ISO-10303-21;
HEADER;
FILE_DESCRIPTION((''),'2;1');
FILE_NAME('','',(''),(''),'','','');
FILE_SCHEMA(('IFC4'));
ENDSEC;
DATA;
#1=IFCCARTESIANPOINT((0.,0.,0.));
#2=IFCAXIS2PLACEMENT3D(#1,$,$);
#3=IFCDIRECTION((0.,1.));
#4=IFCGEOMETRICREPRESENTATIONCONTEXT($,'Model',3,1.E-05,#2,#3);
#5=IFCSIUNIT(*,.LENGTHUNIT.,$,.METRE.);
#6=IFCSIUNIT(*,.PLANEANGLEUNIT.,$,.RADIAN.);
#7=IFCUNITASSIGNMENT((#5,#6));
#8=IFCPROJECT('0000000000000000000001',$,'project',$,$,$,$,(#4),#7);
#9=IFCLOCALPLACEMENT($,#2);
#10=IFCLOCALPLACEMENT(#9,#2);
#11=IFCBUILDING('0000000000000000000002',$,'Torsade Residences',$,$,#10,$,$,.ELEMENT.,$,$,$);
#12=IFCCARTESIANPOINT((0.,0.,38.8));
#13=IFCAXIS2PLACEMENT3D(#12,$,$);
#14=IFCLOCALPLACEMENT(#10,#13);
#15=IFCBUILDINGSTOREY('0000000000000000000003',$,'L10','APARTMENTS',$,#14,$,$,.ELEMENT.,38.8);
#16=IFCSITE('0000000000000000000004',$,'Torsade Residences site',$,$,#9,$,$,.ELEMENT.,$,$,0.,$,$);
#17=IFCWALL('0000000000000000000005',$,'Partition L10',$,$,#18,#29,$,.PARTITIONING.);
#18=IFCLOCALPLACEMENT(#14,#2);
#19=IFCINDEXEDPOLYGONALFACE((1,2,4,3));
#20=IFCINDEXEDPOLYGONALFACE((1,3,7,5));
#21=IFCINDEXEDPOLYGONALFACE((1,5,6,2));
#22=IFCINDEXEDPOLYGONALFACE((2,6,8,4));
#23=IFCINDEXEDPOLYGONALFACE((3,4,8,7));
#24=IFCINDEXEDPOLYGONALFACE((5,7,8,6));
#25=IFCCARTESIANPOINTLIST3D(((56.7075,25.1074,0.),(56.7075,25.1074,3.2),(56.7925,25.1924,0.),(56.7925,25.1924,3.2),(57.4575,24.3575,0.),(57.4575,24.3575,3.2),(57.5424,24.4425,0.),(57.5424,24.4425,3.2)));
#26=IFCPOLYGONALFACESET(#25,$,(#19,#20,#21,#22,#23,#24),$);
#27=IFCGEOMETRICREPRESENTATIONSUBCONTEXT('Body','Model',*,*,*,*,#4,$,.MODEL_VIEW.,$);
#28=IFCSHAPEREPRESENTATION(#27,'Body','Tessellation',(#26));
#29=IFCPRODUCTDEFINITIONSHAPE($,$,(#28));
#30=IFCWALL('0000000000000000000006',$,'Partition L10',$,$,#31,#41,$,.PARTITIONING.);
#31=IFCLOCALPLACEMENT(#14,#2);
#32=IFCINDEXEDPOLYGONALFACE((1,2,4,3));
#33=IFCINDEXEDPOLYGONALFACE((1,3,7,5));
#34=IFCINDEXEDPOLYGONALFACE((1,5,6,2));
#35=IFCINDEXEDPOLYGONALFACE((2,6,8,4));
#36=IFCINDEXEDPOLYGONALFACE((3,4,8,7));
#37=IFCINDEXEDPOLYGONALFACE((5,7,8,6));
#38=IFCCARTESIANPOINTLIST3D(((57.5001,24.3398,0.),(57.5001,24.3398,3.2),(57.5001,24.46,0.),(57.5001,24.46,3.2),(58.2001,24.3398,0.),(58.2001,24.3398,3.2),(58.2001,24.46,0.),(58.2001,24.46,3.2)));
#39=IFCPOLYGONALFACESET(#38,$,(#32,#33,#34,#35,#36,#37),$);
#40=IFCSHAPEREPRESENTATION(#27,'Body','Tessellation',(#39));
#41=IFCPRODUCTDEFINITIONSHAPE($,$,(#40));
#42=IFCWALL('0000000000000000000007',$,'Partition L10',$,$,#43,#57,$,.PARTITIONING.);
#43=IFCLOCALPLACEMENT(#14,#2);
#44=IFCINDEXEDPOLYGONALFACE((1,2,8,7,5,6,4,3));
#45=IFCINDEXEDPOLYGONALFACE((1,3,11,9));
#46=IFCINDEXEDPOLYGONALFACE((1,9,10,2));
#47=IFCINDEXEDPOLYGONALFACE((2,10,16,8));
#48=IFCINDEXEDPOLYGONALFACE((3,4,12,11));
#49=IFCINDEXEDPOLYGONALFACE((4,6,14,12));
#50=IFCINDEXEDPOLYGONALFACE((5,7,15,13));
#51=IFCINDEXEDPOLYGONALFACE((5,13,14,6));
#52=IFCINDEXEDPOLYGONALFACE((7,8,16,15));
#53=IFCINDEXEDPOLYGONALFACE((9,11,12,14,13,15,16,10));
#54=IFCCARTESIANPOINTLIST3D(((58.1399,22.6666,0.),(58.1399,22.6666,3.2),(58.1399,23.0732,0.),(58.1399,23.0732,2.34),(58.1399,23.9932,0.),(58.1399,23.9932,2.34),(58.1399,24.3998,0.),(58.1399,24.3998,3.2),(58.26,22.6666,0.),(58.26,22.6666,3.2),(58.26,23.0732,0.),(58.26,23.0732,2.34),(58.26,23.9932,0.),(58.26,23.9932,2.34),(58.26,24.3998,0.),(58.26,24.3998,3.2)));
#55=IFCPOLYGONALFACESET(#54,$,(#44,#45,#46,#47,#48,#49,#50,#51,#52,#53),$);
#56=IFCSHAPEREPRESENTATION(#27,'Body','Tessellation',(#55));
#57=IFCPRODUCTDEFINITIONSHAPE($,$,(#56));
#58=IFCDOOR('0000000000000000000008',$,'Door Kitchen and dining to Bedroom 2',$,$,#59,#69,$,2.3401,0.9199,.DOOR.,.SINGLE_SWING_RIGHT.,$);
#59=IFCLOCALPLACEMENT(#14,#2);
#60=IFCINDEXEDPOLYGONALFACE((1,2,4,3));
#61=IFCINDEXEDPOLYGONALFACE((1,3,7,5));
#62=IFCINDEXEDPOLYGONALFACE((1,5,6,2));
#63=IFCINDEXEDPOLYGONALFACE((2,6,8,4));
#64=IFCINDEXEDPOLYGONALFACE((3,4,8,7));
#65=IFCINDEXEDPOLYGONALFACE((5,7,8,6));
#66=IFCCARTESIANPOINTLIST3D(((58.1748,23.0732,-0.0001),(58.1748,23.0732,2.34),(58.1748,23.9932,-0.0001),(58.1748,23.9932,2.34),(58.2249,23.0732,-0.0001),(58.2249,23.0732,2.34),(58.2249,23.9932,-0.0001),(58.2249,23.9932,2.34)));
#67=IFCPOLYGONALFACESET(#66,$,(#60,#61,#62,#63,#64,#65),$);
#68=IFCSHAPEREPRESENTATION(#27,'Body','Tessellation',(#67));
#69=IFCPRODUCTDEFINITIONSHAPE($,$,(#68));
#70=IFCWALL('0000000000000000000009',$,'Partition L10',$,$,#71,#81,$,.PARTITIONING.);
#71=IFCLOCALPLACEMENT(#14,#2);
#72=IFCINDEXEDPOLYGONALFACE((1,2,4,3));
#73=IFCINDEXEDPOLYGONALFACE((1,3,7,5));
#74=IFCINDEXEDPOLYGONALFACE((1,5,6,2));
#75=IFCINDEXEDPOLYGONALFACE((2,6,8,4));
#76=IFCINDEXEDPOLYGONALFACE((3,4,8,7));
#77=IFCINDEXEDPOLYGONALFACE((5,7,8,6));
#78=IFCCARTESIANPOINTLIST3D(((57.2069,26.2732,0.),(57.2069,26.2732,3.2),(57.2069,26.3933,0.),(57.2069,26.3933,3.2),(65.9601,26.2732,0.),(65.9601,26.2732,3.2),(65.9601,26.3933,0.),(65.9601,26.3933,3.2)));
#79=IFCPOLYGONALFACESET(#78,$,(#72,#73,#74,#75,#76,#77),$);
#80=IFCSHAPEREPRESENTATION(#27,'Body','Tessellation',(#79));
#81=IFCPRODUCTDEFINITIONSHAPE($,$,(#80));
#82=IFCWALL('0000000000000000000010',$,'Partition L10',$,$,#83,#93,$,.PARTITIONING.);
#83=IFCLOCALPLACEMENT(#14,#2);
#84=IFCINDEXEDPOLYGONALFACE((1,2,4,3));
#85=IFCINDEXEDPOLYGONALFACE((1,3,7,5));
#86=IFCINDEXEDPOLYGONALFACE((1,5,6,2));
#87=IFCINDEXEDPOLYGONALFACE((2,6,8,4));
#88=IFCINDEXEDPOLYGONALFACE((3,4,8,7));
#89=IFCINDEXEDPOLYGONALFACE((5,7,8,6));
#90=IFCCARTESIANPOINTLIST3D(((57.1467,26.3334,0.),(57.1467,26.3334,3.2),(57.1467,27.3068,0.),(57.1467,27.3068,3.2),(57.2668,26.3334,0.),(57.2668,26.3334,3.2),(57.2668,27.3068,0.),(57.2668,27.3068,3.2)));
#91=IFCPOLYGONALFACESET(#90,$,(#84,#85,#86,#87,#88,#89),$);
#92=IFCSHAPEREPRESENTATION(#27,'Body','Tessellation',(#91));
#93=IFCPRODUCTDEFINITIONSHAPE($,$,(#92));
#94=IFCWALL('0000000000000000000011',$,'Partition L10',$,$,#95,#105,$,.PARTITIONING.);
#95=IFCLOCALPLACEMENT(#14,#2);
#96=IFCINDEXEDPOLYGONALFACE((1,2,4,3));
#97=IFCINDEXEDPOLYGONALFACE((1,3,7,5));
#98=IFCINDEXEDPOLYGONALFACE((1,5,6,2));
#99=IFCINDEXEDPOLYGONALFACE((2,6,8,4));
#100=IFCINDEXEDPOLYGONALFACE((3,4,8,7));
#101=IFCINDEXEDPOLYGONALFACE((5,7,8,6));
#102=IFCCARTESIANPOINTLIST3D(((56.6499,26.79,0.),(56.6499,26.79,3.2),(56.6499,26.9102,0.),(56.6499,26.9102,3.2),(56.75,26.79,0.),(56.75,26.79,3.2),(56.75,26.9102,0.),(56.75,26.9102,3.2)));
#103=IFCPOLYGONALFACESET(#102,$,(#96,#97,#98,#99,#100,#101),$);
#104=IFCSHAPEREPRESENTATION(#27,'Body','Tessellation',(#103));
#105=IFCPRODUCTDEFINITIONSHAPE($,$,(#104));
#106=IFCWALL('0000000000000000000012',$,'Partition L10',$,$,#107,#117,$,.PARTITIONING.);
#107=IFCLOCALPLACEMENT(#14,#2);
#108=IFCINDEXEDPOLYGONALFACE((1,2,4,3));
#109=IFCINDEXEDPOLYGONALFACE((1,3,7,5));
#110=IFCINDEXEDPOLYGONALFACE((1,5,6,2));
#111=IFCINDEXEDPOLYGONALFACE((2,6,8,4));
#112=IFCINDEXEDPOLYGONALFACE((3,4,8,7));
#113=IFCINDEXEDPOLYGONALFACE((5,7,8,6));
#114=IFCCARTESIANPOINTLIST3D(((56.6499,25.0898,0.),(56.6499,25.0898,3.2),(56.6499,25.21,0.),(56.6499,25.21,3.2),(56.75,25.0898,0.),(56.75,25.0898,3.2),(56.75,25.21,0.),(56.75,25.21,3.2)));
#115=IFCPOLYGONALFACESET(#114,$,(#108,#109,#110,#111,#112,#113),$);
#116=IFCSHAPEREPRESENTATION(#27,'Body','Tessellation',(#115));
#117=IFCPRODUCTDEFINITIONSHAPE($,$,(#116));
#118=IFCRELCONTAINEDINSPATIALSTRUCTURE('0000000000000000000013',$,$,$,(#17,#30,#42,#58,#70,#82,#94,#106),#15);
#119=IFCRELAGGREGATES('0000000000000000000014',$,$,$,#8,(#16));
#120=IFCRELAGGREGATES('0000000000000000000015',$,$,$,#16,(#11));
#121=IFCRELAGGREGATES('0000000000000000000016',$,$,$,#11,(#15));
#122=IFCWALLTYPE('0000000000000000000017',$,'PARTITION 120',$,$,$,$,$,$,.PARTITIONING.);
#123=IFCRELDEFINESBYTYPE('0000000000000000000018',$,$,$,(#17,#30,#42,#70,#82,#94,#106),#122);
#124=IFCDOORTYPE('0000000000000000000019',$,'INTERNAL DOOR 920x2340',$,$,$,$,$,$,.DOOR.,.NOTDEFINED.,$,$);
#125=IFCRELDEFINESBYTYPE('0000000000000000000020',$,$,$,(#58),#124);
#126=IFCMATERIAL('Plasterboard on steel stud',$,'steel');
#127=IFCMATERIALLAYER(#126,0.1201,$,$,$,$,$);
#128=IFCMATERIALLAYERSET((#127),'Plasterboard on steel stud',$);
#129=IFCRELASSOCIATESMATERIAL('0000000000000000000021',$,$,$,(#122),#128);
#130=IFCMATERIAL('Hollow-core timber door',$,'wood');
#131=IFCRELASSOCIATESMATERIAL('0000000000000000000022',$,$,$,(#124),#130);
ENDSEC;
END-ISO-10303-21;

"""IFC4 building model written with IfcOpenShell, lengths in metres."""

from ifc_helpers import new_model, si_unit, direction, frame, frame_2d, origin, place, context, subcontext, project, spatial, rectangle, extrude, material, layer, layer_set, type_object, element, fill, save


model = new_model("IFC4")

# Units and contexts
model_context = context("Model", 3, precision=1e-05, world=origin(), true_north=direction((0.0, 1.0)))
body_context = subcontext(model_context, "Body", "Model", "MODEL_VIEW")
ifc_project = project(units=[si_unit("LENGTHUNIT", "METRE"), si_unit("PLANEANGLEUNIT", "RADIAN")], contexts=[model_context])

# Site, building, storey
site_placement = place(None, origin())
site = spatial("IfcSite", under=ifc_project, at=site_placement, Name="Torsade Residences site", CompositionType="ELEMENT", RefElevation=0.0)
building_placement = place(site_placement, origin())
building = spatial("IfcBuilding", under=site, at=building_placement, Name="Torsade Residences", CompositionType="ELEMENT")
storey_placement = place(building_placement, frame((0.0, 0.0, 38.8)))
storey = spatial("IfcBuildingStorey", under=building, at=storey_placement, Name="L10", Description="APARTMENTS", CompositionType="ELEMENT", Elevation=38.8)

# Walls
ifc_material_1 = material(Name="Plasterboard on steel stud", Category="steel")
ifc_layer_1 = layer(ifc_material_1, 0.1201)
ifc_layer_set_1 = layer_set([ifc_layer_1], Name="Plasterboard on steel stud")
wall_type = type_object("IfcWallType", Name="PARTITION 120", PredefinedType="PARTITIONING", material=ifc_layer_set_1)
wall_1_placement = place(storey_placement, frame((56.75, 25.1499, 0.0), z_axis=(0.0, 0.0, 1.0), x_axis=(0.707107, -0.707107, 0.0)))
element("IfcWall", 1, at=wall_1_placement, inside=storey, type_object=wall_type, Name="Partition L10", PredefinedType="PARTITIONING", context=body_context, shape_type="SweptSolid", body=[
    extrude(rectangle(XDim=1.0605, YDim=0.1201, at=frame_2d((0.5303, 0.0))), origin(), (0.0, 0.0, 1.0), 3.2),
])
wall_2_placement = place(storey_placement, frame((57.5, 24.3999, 0.0), z_axis=(0.0, 0.0, 1.0), x_axis=(1.0, 0.0, 0.0)))
element("IfcWall", 2, at=wall_2_placement, inside=storey, type_object=wall_type, Name="Partition L10", PredefinedType="PARTITIONING", context=body_context, shape_type="SweptSolid", body=[
    extrude(rectangle(XDim=0.7, YDim=0.1201, at=frame_2d((0.3501, 0.0))), origin(), (0.0, 0.0, 1.0), 3.2),
])

# Wall, opening, door
wall_3_placement = place(storey_placement, frame((58.2, 24.3999, 0.0), z_axis=(0.0, 0.0, 1.0), x_axis=(0.0, -1.0, 0.0)))
wall_3 = element("IfcWall", 3, at=wall_3_placement, inside=storey, type_object=wall_type, Name="Partition L10", PredefinedType="PARTITIONING", context=body_context, shape_type="SweptSolid", body=[
    extrude(rectangle(XDim=1.7332, YDim=0.1201, at=frame_2d((0.8667, 0.0))), origin(), (0.0, 0.0, 1.0), 3.2),
])
opening_placement = place(wall_3_placement, frame((0.4067, 0.0, 0.0)))
opening = element("IfcOpeningElement", 4, at=opening_placement, cuts=wall_3, PredefinedType="OPENING", context=body_context, shape_type="SweptSolid", body=[
    extrude(rectangle(XDim=0.9199, YDim=2.3401, at=frame_2d((0.46, 1.1699))), frame((0.0, 0.0701, 0.0), z_axis=(0.0, -1.0, 0.0), x_axis=(1.0, 0.0, 0.0)), (0.0, 0.0, 1.0), 0.1401),
])
ifc_material_2 = material(Name="Hollow-core timber door", Category="wood")
door_type = type_object("IfcDoorType", Name="INTERNAL DOOR 920x2340", OperationType="NOTDEFINED", PredefinedType="DOOR", material=ifc_material_2)
door_placement = place(opening_placement, origin())
door = element("IfcDoor", 5, at=door_placement, inside=storey, type_object=door_type, Name="Door Kitchen and dining to Bedroom 2", OperationType="SINGLE_SWING_RIGHT", OverallHeight=2.3401, OverallWidth=0.9199, PredefinedType="DOOR", context=body_context, shape_type="SweptSolid", body=[
    extrude(rectangle(XDim=0.9199, YDim=2.3401, at=frame_2d((0.46, 1.1699))), frame((0.0, 0.0249, 0.0), z_axis=(0.0, -1.0, 0.0), x_axis=(1.0, 0.0, 0.0)), (0.0, 0.0, 1.0), 0.05),
])
fill(opening, door)

# Walls
wall_4_placement = place(storey_placement, frame((65.96, 26.3333, 0.0), z_axis=(0.0, 0.0, 1.0), x_axis=(-1.0, 0.0, 0.0)))
element("IfcWall", 6, at=wall_4_placement, inside=storey, type_object=wall_type, Name="Partition L10", PredefinedType="PARTITIONING", context=body_context, shape_type="SweptSolid", body=[
    extrude(rectangle(XDim=8.7532, YDim=0.1201, at=frame_2d((4.3765, 0.0))), origin(), (0.0, 0.0, 1.0), 3.2),
])
wall_5_placement = place(storey_placement, frame((57.2068, 26.3333, 0.0), z_axis=(0.0, 0.0, 1.0), x_axis=(0.0, 1.0, 0.0)))
element("IfcWall", 7, at=wall_5_placement, inside=storey, type_object=wall_type, Name="Partition L10", PredefinedType="PARTITIONING", context=body_context, shape_type="SweptSolid", body=[
    extrude(rectangle(XDim=0.9734, YDim=0.1201, at=frame_2d((0.4868, 0.0))), origin(), (0.0, 0.0, 1.0), 3.2),
])
for number, where, z_axis, x_axis, name in (
    (8, (56.6499, 26.8501, 0.0), (0.0, 0.0, 1.0), (1.0, 0.0, 0.0), "Partition L10"),
    (9, (56.6499, 25.1499, 0.0), (0.0, 0.0, 1.0), (1.0, 0.0, 0.0), "Partition L10"),
):
    element("IfcWall", number, at=place(storey_placement, frame(where, z_axis=z_axis, x_axis=x_axis)), inside=storey, type_object=wall_type, Name=name, PredefinedType="PARTITIONING", context=body_context, shape_type="SweptSolid", body=[
        extrude(rectangle(XDim=0.1001, YDim=0.1201, at=frame_2d((0.05, 0.0))), origin(), (0.0, 0.0, 1.0), 3.2),
    ])

save(model, "model.ifc")
